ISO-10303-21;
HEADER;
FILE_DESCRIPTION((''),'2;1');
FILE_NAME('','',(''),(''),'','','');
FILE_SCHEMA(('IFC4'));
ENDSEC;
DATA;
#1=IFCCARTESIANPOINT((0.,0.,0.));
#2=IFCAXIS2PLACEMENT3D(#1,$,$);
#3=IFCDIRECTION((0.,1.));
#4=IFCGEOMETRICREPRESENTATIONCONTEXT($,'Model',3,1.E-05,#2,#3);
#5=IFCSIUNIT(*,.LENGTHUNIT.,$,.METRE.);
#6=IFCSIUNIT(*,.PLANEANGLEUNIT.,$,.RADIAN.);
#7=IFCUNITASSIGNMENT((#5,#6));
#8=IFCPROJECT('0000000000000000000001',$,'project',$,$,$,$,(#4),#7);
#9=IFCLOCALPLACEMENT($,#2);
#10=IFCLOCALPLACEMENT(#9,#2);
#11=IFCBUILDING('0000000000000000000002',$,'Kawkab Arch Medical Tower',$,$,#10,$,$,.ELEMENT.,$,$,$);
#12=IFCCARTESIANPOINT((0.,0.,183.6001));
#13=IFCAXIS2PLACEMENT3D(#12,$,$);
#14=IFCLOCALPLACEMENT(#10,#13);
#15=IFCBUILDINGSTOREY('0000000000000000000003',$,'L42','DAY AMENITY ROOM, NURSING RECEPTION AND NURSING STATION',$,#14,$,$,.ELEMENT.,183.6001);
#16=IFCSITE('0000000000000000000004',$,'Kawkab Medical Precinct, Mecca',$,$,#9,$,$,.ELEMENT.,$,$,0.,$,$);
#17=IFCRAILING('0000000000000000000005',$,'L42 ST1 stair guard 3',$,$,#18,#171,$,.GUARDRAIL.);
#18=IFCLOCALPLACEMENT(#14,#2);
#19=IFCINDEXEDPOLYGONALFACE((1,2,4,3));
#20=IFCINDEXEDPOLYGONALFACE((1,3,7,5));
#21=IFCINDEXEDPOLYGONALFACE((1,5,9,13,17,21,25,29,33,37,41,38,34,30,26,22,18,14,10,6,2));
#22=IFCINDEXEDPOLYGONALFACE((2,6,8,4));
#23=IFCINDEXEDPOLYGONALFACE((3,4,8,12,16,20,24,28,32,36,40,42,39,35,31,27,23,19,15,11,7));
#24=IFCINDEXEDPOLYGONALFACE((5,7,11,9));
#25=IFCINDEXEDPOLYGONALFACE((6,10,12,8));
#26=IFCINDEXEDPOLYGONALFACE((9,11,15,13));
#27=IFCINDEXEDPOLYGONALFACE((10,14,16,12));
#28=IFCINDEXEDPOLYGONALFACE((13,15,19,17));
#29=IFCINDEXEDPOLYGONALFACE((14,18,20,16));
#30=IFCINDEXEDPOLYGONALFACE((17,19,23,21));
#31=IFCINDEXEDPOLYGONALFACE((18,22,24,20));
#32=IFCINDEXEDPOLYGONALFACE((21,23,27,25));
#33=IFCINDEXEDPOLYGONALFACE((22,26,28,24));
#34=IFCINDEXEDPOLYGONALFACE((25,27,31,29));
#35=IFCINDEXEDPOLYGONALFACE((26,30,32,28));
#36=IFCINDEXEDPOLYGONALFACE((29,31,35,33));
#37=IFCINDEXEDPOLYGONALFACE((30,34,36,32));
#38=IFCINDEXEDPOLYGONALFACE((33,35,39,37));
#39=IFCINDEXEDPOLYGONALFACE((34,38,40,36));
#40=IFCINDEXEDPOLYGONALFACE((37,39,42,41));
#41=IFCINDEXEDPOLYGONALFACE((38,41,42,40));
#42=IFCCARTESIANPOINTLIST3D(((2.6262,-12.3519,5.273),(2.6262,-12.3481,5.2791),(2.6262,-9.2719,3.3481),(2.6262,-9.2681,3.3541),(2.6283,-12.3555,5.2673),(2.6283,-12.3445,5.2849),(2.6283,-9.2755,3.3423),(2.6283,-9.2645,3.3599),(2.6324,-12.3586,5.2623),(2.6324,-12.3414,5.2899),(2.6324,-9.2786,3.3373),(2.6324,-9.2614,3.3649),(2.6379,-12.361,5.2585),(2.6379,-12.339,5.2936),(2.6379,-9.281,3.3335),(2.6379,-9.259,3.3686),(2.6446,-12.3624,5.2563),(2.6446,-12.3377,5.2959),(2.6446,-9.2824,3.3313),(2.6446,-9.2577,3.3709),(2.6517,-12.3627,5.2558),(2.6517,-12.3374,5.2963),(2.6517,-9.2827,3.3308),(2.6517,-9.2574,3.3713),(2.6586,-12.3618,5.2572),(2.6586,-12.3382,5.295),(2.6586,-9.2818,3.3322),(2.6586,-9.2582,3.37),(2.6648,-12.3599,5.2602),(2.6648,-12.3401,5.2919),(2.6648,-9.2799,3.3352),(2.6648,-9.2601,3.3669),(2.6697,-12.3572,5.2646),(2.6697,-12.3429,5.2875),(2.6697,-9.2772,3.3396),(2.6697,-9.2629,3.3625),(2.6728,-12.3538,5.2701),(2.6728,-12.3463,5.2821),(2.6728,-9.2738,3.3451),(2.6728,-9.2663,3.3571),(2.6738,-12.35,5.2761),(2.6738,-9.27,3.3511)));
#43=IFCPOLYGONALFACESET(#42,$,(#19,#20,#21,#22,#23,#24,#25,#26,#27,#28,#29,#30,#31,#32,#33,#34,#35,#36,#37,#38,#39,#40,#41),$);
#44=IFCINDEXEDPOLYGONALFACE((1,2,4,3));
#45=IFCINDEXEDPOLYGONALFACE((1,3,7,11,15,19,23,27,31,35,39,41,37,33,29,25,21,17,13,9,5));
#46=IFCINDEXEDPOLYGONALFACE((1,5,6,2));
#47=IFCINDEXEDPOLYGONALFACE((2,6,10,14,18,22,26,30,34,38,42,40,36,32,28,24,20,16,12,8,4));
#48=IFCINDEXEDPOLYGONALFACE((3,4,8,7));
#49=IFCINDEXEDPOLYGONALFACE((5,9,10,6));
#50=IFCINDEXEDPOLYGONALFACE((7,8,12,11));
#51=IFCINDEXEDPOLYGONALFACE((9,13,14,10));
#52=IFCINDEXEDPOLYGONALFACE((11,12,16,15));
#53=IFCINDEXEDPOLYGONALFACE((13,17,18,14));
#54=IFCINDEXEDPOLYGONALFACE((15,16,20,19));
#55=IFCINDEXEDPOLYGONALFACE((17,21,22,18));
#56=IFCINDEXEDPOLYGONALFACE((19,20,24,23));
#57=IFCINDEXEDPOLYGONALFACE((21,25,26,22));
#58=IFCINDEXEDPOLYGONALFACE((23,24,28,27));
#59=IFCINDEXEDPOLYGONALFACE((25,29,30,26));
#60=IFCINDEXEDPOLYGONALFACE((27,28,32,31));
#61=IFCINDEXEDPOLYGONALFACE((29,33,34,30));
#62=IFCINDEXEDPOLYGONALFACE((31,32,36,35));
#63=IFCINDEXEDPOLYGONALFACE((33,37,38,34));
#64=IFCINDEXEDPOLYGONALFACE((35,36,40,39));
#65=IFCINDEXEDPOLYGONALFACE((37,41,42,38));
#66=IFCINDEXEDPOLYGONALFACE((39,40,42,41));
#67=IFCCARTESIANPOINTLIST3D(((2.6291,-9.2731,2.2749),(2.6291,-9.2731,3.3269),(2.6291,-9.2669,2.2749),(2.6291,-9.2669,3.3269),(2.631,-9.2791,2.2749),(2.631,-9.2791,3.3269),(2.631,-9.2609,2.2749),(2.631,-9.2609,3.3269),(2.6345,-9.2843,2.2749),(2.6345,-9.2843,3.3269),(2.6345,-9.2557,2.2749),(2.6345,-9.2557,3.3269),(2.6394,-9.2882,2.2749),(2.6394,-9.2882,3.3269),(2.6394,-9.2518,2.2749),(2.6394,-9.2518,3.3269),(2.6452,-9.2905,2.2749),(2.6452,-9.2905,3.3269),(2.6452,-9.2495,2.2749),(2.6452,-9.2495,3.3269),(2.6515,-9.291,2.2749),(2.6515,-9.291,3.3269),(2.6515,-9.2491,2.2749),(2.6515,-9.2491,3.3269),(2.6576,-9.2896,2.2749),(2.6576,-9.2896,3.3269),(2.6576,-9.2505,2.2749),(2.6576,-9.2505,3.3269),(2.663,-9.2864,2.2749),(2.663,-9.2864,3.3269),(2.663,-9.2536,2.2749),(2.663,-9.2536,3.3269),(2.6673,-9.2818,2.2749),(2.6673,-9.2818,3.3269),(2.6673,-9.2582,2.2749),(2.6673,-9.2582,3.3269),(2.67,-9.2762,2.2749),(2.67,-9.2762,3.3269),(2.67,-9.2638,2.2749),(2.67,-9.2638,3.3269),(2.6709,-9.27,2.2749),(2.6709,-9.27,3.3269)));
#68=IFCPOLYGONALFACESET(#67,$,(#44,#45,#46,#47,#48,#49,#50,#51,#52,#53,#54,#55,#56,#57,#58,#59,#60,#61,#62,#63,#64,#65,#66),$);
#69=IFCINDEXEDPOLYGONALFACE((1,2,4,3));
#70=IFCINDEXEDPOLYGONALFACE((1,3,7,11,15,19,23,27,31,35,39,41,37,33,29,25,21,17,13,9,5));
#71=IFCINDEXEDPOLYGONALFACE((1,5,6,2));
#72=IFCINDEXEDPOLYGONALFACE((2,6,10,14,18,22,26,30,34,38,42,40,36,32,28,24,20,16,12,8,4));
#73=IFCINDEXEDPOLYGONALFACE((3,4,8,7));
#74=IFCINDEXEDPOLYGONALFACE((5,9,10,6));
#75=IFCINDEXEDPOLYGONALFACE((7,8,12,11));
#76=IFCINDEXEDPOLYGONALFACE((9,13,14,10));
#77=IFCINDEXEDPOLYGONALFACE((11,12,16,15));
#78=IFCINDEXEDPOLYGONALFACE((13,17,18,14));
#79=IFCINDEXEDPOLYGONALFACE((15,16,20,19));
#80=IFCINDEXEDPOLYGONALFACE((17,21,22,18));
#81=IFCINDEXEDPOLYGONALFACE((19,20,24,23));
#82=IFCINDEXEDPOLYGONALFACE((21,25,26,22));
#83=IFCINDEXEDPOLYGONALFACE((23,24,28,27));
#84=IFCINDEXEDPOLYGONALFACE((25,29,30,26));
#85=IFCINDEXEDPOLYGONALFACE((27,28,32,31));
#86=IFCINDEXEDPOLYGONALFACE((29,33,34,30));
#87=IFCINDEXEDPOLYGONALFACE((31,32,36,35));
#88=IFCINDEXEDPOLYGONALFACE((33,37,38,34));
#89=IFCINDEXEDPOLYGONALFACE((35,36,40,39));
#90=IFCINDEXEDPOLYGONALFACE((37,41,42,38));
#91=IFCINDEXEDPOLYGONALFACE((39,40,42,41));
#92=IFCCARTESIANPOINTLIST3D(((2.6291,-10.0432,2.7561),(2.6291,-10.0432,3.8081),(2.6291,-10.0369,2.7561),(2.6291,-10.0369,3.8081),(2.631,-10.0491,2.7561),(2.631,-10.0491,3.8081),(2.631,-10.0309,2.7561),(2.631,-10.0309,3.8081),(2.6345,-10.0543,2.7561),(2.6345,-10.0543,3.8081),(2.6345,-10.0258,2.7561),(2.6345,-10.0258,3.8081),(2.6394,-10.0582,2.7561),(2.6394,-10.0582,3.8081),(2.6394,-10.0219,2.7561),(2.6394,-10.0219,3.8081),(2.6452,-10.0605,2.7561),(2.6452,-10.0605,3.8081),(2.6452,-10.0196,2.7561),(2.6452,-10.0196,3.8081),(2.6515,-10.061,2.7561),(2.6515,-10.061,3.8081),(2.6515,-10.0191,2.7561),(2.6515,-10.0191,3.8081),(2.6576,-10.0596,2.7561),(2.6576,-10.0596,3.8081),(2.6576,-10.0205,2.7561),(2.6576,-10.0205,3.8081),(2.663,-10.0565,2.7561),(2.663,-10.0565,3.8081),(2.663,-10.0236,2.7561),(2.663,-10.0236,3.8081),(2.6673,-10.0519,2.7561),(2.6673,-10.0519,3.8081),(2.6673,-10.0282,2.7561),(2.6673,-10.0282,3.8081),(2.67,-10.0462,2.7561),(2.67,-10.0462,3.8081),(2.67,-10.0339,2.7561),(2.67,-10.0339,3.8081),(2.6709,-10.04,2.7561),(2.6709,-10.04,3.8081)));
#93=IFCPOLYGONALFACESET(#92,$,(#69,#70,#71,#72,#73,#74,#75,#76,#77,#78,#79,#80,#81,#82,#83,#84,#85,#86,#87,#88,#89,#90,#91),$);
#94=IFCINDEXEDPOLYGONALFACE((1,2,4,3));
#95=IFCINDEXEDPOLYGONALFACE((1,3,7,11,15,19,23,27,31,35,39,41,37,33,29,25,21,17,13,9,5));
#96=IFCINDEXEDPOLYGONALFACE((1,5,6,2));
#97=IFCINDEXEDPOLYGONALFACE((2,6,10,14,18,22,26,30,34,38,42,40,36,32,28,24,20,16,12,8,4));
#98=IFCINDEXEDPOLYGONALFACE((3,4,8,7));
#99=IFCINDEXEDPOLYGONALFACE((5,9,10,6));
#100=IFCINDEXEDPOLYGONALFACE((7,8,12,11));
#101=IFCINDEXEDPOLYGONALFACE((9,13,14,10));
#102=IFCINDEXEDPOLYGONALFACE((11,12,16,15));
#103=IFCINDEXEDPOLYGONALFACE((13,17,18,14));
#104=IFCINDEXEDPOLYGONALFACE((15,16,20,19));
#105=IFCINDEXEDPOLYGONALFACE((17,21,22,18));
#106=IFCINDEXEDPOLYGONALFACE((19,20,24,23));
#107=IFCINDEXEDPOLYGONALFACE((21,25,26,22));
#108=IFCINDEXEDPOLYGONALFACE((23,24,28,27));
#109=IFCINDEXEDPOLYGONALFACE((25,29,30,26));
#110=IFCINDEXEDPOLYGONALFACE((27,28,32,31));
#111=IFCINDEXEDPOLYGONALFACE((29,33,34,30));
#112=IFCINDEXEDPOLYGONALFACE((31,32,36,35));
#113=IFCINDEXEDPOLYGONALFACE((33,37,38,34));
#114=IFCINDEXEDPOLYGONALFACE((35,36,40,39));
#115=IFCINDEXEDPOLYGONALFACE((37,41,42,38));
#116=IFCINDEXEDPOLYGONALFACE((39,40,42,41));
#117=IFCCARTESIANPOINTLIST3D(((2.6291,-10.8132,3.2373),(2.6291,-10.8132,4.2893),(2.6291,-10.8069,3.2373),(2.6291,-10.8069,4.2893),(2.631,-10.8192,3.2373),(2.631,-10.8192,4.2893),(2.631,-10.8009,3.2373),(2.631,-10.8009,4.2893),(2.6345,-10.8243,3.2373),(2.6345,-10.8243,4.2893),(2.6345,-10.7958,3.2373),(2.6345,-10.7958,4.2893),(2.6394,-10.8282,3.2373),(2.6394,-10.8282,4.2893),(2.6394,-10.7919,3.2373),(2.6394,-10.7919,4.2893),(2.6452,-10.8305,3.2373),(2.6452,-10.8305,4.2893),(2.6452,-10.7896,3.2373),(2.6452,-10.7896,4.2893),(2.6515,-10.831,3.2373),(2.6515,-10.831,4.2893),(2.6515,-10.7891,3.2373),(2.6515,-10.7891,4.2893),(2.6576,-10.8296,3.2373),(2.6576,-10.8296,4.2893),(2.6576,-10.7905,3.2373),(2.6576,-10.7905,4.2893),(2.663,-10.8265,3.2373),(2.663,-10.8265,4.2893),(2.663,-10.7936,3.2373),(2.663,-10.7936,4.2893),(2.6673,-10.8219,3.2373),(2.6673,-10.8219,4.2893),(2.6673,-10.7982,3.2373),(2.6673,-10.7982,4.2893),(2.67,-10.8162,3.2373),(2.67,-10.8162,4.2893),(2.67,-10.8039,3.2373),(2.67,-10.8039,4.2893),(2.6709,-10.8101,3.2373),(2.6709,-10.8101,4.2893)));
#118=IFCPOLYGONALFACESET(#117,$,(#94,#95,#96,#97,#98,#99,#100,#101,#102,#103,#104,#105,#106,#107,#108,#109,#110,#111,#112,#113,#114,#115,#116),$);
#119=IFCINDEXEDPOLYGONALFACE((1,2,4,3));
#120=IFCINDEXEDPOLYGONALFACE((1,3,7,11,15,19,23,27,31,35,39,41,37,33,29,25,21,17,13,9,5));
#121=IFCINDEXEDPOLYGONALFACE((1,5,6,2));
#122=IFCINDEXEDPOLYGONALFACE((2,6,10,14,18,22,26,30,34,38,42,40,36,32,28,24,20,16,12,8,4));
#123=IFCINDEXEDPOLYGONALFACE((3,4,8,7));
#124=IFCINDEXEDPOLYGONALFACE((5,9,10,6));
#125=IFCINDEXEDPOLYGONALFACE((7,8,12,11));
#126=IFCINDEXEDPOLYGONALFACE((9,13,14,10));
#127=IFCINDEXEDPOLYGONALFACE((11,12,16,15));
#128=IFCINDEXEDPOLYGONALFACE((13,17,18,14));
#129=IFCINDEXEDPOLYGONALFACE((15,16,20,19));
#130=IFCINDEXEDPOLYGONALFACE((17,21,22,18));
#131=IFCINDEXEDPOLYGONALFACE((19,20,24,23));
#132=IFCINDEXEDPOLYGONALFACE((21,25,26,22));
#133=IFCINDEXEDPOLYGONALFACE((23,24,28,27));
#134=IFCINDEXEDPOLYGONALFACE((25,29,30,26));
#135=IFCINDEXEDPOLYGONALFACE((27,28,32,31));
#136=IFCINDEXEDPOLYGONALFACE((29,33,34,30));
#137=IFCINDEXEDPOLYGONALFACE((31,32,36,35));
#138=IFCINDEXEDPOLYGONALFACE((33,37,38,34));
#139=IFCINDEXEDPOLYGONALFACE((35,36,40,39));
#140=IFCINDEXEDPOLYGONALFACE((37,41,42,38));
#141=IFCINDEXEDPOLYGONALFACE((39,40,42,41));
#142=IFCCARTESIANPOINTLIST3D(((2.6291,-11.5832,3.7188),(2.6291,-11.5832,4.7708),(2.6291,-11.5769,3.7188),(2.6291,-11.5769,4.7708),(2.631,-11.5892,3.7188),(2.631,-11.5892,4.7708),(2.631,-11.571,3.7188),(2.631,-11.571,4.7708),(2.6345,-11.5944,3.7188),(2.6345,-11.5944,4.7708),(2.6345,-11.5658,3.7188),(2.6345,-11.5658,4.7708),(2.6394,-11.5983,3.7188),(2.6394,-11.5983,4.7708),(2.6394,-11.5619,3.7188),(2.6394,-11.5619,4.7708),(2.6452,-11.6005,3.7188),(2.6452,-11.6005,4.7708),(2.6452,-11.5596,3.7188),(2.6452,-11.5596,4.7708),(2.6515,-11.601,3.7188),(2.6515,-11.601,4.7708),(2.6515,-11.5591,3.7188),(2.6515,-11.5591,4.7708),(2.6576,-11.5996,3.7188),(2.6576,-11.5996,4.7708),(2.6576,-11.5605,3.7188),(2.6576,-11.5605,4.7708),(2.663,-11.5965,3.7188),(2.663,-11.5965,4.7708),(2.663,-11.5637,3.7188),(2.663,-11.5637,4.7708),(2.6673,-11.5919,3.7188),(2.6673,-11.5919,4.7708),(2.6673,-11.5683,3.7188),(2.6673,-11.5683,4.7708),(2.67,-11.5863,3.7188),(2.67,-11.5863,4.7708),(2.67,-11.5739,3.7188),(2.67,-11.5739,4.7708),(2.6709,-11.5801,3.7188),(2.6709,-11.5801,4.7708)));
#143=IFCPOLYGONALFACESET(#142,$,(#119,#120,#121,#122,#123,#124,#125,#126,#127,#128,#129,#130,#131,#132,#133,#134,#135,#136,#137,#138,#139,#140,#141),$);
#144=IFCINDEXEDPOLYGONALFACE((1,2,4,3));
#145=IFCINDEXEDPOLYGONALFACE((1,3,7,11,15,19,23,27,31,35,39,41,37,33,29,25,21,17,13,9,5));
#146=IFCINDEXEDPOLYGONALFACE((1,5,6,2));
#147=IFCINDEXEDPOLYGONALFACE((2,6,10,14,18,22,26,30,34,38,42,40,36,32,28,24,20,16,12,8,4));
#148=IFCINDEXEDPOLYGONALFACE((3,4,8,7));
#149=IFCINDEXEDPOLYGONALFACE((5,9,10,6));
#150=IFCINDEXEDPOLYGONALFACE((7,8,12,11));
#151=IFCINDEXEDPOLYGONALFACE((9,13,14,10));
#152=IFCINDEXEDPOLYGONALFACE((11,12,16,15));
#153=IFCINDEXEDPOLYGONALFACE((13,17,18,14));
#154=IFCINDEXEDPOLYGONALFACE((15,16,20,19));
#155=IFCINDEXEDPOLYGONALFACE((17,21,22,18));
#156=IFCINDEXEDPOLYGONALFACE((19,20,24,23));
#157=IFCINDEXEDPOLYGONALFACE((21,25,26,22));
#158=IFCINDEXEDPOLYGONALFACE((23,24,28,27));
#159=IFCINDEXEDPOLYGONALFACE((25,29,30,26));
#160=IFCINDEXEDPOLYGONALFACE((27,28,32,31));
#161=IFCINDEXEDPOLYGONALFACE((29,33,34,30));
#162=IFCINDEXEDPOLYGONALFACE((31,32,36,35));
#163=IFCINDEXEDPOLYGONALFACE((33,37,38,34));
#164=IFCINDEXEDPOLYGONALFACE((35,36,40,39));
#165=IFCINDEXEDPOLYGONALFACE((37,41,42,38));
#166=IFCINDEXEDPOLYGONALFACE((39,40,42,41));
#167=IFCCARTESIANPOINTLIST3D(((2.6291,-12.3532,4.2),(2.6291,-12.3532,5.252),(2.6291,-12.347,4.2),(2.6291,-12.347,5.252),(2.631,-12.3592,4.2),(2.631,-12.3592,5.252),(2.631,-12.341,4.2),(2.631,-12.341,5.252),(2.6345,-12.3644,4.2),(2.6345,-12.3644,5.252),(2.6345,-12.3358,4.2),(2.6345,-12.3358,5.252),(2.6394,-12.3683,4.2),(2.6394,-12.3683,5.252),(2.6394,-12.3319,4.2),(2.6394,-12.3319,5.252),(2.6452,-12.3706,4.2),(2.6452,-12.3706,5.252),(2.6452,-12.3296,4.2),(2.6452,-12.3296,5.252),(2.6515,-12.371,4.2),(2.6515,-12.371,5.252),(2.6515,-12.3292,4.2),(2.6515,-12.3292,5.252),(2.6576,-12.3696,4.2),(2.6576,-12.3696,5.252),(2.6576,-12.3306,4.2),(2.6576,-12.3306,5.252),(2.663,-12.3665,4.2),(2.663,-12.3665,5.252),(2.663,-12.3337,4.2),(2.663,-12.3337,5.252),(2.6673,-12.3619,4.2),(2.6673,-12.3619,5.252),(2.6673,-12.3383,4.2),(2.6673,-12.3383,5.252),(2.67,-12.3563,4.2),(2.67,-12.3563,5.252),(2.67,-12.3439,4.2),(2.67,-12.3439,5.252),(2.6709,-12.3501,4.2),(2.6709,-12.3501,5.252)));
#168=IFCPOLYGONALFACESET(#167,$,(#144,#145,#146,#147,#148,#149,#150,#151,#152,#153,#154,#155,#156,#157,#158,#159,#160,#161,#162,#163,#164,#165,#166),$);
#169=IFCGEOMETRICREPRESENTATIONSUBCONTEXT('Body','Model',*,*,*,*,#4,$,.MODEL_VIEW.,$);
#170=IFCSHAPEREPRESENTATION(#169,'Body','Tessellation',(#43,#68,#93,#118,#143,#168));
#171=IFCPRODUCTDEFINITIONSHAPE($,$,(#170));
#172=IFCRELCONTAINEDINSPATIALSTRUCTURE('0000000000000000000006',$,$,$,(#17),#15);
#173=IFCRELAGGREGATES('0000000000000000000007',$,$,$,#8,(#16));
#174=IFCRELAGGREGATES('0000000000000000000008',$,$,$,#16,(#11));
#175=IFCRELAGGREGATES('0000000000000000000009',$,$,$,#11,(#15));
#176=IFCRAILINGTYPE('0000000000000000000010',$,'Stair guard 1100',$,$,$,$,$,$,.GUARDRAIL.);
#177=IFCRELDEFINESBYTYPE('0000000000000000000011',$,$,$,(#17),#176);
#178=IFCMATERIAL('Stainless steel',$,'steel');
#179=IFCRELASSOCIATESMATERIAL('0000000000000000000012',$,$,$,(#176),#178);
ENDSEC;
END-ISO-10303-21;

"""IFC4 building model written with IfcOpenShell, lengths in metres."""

from ifc_helpers import new_model, si_unit, direction, frame, origin, origin_2d, place, context, subcontext, project, spatial, circle, extrude, material, type_object, element, save


model = new_model("IFC4")

# Units and contexts
model_context = context("Model", 3, precision=1e-05, world=origin(), true_north=direction((0.0, 1.0)))
body_context = subcontext(model_context, "Body", "Model", "MODEL_VIEW")
ifc_project = project(units=[si_unit("LENGTHUNIT", "METRE"), si_unit("PLANEANGLEUNIT", "RADIAN")], contexts=[model_context])

# Site, building, storey
site_placement = place(None, origin())
site = spatial("IfcSite", under=ifc_project, at=site_placement, Name="Kawkab Medical Precinct, Mecca", CompositionType="ELEMENT", RefElevation=0.0)
building_placement = place(site_placement, origin())
building = spatial("IfcBuilding", under=site, at=building_placement, Name="Kawkab Arch Medical Tower", CompositionType="ELEMENT")
storey_placement = place(building_placement, frame((0.0, 0.0, 183.6001)))
storey = spatial("IfcBuildingStorey", under=building, at=storey_placement, Name="L42", Description="DAY AMENITY ROOM, NURSING RECEPTION AND NURSING STATION", CompositionType="ELEMENT", Elevation=183.6001)

# Railing
ifc_material_1 = material(Name="Stainless steel", Category="steel")
railing_type_1 = type_object("IfcRailingType", Name="Stair guard 1100", PredefinedType="GUARDRAIL", material=ifc_material_1)
railing_1_placement = place(storey_placement, frame((2.6499, -9.27, 2.2749)))
element("IfcRailing", 1, at=railing_1_placement, inside=storey, type_object=railing_type_1, Name="L42 ST1 stair guard 3", PredefinedType="GUARDRAIL", context=body_context, shape_type="SweptSolid", body=[
    extrude(circle(Radius=0.0239, at=origin_2d()), frame((0.0, 0.0, 1.0762), z_axis=(0.0, -0.847998, 0.529999), x_axis=(1.0, 0.0, 0.0)), (0.0, 0.0, 1.0), 3.6321),
    extrude(circle(Radius=0.021, at=origin_2d()), origin(), (0.0, 0.0, 1.0), 1.052),
    extrude(circle(Radius=0.021, at=origin_2d()), frame((0.0, -0.77, 0.4812)), (0.0, 0.0, 1.0), 1.052),
    extrude(circle(Radius=0.021, at=origin_2d()), frame((0.0, -1.54, 0.9624)), (0.0, 0.0, 1.0), 1.052),
    extrude(circle(Radius=0.021, at=origin_2d()), frame((0.0, -2.3101, 1.4438)), (0.0, 0.0, 1.0), 1.052),
    extrude(circle(Radius=0.021, at=origin_2d()), frame((0.0, -3.0801, 1.925)), (0.0, 0.0, 1.0), 1.052),
])

save(model, "model.ifc")
